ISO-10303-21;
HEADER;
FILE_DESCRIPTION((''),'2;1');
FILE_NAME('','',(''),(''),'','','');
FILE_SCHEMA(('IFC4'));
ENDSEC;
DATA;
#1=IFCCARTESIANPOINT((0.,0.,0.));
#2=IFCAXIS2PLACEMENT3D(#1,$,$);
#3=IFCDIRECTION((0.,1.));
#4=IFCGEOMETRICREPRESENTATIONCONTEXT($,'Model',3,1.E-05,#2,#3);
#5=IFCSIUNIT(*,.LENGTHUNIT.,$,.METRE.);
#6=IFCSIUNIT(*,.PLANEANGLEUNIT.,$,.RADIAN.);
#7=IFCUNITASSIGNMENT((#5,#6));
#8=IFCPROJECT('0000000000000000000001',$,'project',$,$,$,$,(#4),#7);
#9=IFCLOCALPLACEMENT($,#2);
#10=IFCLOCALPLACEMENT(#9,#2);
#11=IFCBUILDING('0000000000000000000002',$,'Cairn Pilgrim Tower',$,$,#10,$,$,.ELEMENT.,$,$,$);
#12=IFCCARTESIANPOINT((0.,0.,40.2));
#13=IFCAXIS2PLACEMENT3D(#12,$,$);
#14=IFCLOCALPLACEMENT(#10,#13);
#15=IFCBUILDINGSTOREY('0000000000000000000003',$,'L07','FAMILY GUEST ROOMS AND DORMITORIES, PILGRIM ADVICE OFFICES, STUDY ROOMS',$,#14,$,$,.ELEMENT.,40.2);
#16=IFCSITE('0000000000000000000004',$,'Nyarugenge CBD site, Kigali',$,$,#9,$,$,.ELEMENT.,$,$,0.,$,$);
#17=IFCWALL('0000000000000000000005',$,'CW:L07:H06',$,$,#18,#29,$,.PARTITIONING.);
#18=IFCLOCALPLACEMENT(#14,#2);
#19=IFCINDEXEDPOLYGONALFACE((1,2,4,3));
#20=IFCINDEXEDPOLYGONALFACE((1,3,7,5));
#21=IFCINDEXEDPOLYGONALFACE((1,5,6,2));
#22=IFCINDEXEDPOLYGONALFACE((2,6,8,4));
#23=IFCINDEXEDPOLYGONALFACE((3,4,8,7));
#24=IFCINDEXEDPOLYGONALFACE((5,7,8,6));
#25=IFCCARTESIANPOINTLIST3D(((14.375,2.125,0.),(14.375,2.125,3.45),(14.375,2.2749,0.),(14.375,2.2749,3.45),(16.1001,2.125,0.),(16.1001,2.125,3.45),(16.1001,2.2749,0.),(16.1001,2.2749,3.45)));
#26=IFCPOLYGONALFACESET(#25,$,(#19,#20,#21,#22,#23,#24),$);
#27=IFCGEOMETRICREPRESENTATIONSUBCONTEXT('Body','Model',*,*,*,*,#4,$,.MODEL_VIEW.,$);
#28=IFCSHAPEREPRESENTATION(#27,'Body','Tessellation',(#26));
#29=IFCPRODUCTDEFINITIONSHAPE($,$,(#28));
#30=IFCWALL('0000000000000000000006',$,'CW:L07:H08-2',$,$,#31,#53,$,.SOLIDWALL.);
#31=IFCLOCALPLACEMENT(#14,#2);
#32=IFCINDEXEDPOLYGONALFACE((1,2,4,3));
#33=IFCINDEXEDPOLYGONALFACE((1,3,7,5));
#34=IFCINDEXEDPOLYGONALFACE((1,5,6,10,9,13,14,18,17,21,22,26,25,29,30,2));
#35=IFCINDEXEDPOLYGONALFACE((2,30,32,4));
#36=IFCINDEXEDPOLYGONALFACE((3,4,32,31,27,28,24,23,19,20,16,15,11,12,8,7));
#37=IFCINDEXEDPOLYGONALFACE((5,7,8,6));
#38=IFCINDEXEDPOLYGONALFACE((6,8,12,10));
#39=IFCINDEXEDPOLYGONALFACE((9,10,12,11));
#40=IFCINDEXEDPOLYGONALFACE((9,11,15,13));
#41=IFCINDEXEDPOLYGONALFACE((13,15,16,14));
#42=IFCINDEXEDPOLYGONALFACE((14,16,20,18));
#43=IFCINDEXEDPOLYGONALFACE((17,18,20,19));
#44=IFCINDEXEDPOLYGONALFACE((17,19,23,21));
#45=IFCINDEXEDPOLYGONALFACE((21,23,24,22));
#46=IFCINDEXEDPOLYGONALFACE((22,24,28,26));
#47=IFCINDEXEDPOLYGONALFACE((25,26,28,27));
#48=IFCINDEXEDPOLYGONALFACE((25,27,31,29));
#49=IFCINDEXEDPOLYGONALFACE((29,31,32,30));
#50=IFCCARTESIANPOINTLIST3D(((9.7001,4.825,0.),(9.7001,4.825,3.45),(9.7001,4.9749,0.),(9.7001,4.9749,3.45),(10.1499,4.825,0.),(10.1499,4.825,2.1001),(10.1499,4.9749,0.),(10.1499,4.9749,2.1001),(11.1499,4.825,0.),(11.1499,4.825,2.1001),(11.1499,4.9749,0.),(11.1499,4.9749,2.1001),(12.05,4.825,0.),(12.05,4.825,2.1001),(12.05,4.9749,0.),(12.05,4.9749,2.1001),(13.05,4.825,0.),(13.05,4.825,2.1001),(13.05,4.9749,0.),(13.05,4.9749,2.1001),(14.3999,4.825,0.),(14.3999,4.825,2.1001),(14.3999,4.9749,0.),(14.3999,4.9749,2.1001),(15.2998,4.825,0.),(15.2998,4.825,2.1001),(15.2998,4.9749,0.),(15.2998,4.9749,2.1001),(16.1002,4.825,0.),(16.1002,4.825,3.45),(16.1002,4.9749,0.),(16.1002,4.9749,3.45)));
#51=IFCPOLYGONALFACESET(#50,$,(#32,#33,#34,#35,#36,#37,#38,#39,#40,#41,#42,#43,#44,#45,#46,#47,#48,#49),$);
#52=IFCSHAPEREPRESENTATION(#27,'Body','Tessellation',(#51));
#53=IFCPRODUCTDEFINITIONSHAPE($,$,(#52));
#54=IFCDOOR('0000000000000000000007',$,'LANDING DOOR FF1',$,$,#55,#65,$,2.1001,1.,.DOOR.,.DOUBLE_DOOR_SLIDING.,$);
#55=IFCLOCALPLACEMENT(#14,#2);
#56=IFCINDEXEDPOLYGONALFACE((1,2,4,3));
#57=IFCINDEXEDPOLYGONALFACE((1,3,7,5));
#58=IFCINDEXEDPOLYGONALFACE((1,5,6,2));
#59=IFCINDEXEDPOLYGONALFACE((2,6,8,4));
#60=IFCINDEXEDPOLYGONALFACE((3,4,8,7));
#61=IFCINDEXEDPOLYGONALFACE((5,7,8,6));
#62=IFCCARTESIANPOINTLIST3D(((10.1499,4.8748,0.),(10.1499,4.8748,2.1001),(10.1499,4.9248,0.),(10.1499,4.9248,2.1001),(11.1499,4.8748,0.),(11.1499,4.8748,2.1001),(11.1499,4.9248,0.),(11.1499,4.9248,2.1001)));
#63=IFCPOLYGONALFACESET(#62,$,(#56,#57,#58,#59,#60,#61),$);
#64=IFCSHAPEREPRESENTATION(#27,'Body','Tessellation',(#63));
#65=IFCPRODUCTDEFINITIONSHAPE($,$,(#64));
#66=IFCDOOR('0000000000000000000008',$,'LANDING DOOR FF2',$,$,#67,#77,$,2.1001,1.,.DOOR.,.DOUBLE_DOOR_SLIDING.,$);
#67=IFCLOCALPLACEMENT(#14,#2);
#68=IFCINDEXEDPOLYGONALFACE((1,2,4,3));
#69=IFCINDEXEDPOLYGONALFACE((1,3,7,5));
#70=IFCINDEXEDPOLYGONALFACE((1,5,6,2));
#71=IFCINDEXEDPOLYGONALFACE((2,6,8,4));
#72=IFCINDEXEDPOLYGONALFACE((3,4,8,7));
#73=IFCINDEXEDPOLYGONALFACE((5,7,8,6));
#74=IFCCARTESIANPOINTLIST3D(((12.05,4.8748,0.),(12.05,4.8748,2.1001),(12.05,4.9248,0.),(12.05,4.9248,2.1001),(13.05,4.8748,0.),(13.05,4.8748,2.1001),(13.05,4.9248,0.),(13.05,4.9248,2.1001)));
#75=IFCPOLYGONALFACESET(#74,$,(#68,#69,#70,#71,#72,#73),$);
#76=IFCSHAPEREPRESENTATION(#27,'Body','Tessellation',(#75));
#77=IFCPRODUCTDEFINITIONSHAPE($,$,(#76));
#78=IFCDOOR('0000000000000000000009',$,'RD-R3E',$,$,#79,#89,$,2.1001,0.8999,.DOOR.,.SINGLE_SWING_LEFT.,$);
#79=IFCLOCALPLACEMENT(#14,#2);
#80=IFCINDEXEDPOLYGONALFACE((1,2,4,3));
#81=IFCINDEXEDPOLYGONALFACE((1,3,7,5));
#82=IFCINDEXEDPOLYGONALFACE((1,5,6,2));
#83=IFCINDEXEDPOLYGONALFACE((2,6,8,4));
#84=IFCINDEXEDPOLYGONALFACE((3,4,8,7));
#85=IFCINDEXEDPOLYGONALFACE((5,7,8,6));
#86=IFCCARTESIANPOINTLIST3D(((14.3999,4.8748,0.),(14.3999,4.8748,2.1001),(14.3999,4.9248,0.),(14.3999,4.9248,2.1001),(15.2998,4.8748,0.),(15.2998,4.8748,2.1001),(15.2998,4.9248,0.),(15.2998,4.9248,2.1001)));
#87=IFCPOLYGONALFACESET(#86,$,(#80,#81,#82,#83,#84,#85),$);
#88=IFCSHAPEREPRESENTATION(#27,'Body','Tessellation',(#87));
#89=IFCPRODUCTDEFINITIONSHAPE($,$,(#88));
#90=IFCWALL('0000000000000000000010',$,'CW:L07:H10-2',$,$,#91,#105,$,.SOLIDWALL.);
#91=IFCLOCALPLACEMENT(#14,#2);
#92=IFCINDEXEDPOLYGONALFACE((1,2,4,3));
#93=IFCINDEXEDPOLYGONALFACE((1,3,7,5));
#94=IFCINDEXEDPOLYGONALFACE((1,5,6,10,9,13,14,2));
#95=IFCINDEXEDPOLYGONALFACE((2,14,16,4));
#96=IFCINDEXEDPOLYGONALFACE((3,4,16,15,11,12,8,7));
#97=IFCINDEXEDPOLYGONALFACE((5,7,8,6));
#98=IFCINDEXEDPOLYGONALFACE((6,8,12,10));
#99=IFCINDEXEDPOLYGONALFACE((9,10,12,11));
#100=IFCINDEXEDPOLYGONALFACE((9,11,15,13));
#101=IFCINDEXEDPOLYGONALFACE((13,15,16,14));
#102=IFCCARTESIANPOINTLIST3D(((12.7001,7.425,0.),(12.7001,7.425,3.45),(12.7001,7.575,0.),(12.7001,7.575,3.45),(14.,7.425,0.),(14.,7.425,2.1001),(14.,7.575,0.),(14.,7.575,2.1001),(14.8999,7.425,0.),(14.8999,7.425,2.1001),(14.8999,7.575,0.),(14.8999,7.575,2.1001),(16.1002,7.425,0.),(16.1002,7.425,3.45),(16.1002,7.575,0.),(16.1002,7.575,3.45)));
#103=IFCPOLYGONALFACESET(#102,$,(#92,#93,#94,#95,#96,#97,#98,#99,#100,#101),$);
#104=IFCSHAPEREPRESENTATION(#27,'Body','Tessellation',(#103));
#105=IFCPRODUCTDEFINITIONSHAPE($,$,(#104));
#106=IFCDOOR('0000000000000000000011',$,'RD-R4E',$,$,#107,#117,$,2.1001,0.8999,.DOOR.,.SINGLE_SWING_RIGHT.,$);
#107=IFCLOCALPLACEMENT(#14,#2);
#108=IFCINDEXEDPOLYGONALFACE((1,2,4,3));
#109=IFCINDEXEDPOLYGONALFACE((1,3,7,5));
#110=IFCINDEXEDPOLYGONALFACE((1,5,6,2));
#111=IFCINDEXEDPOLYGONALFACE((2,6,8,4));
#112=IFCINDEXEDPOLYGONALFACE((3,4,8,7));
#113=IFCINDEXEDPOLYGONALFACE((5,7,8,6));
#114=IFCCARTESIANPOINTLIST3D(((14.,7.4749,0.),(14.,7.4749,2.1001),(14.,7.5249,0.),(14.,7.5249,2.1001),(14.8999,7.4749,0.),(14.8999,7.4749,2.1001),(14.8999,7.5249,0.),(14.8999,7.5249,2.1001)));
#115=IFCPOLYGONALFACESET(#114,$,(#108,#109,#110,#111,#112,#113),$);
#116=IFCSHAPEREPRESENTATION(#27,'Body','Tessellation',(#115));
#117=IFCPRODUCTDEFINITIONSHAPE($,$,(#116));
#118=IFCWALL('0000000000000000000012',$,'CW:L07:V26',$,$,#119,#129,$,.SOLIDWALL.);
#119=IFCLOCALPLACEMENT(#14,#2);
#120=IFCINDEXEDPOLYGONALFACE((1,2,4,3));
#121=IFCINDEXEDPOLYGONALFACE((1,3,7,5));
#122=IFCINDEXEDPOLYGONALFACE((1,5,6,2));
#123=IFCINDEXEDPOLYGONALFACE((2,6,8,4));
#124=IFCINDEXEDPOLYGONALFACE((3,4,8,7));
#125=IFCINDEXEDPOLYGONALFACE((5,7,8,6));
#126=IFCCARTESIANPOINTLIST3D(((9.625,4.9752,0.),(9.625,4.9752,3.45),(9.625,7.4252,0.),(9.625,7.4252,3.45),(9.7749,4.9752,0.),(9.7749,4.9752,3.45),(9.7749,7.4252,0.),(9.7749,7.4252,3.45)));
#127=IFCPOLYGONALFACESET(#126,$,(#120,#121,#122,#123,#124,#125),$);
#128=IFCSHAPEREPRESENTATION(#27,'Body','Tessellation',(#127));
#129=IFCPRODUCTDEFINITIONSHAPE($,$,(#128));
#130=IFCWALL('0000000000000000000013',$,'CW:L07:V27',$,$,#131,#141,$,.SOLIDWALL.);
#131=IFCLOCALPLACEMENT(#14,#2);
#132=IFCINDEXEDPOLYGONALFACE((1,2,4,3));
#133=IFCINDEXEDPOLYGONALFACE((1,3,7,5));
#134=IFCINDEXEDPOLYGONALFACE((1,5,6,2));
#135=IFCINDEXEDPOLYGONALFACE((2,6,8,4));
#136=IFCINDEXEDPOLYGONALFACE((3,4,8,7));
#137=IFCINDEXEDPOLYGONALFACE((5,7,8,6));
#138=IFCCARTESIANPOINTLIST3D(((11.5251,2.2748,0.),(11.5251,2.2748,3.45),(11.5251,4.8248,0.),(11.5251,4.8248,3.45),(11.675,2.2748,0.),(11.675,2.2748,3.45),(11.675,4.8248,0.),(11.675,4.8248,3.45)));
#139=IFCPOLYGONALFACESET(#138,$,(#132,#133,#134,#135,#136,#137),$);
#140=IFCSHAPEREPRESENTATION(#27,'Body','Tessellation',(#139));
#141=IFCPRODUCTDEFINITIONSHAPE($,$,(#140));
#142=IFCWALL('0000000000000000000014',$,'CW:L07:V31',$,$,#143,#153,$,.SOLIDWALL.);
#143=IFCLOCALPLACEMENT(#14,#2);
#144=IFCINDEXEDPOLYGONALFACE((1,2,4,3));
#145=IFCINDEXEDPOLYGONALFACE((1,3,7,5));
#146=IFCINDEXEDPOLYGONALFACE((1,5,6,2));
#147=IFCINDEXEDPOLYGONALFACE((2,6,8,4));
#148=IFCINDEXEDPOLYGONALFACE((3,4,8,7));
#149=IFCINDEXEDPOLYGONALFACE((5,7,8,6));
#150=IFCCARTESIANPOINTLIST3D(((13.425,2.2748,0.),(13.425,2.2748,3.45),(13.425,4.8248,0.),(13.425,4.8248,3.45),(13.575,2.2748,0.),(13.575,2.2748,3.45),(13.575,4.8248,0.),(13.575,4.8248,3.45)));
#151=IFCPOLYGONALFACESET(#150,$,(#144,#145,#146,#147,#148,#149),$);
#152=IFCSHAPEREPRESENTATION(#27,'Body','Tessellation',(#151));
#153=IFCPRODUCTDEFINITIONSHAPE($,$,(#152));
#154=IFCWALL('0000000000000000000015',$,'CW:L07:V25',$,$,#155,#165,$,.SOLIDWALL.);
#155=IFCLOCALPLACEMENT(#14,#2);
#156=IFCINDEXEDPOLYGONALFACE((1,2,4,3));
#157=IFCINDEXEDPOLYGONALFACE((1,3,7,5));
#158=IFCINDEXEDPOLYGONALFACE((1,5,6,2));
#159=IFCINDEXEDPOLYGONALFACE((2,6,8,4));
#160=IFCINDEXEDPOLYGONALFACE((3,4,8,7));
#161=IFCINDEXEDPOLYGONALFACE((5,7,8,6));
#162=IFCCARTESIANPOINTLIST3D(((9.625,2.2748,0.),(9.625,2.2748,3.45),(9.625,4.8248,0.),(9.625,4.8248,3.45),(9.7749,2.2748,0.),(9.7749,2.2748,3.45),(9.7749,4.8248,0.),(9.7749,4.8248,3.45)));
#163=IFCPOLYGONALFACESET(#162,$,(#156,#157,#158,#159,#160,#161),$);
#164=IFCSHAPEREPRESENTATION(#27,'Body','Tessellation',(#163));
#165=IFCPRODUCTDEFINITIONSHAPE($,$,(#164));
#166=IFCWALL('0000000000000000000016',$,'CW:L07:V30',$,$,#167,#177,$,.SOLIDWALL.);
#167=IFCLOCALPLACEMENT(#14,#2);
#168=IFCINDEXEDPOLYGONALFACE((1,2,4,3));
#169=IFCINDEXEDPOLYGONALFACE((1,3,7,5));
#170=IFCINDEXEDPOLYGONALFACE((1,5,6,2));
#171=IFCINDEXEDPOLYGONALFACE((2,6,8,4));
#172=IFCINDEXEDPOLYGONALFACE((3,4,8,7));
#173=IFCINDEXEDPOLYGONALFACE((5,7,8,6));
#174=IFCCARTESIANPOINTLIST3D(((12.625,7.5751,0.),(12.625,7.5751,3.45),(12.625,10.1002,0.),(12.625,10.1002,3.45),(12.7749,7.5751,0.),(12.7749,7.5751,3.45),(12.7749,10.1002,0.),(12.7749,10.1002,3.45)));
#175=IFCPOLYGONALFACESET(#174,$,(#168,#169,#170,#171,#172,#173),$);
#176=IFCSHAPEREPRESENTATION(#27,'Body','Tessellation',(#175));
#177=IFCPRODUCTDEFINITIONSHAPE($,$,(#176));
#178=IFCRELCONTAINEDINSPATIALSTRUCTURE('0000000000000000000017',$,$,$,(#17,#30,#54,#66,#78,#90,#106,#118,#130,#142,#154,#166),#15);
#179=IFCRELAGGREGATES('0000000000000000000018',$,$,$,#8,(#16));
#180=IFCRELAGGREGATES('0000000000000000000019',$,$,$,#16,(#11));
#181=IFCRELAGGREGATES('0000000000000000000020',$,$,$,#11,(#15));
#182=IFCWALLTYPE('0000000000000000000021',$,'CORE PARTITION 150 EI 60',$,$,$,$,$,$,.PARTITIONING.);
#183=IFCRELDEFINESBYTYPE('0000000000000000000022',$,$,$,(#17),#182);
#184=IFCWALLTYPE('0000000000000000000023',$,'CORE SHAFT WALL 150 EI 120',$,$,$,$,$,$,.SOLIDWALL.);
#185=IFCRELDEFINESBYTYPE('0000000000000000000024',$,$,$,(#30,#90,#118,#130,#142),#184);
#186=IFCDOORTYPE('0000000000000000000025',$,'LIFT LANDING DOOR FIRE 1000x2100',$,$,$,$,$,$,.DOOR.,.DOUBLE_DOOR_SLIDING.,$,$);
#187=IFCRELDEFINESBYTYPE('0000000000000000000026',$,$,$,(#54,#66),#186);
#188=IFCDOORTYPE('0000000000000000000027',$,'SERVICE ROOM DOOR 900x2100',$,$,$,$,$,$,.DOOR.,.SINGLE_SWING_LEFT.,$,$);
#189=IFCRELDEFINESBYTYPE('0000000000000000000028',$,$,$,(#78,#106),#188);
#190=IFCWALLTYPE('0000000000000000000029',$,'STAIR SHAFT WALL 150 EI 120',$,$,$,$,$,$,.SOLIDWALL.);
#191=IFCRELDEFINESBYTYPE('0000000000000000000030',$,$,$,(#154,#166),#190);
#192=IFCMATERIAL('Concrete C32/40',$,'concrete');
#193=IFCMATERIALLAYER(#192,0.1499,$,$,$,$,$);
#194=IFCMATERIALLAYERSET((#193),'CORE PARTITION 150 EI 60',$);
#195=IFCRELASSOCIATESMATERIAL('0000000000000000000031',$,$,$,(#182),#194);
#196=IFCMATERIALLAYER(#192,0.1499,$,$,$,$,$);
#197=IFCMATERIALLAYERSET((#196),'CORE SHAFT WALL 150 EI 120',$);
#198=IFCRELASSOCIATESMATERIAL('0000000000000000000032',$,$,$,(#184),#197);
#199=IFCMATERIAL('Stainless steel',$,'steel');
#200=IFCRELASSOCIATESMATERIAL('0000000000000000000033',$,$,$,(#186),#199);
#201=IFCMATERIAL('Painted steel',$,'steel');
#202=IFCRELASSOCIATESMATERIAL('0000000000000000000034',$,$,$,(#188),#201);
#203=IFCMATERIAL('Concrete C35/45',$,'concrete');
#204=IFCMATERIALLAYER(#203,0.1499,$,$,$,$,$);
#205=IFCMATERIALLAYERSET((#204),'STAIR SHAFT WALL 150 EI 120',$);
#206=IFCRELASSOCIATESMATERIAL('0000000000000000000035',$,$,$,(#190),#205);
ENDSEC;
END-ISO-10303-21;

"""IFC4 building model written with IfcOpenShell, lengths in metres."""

from ifc_helpers import new_model, si_unit, direction, frame, frame_2d, origin, place, context, subcontext, project, spatial, rectangle, extrude, material, layer, layer_set, type_object, element, fill, save


model = new_model("IFC4")

# Units and contexts
model_context = context("Model", 3, precision=1e-05, world=origin(), true_north=direction((0.0, 1.0)))
body_context = subcontext(model_context, "Body", "Model", "MODEL_VIEW")
ifc_project = project(units=[si_unit("LENGTHUNIT", "METRE"), si_unit("PLANEANGLEUNIT", "RADIAN")], contexts=[model_context])

# Site, building, storey
site_placement = place(None, origin())
site = spatial("IfcSite", under=ifc_project, at=site_placement, Name="Nyarugenge CBD site, Kigali", CompositionType="ELEMENT", RefElevation=0.0)
building_placement = place(site_placement, origin())
building = spatial("IfcBuilding", under=site, at=building_placement, Name="Cairn Pilgrim Tower", CompositionType="ELEMENT")
storey_placement = place(building_placement, frame((0.0, 0.0, 40.2)))
storey = spatial("IfcBuildingStorey", under=building, at=storey_placement, Name="L07", Description="FAMILY GUEST ROOMS AND DORMITORIES, PILGRIM ADVICE OFFICES, STUDY ROOMS", CompositionType="ELEMENT", Elevation=40.2)

# Wall
ifc_material_1 = material(Name="Concrete C32/40", Category="concrete")
ifc_layer_1 = layer(ifc_material_1, 0.1499)
ifc_layer_set_1 = layer_set([ifc_layer_1], Name="CORE PARTITION 150 EI 60")
wall_type_1 = type_object("IfcWallType", Name="CORE PARTITION 150 EI 60", PredefinedType="PARTITIONING", material=ifc_layer_set_1)
wall_1_placement = place(storey_placement, frame((14.375, 2.2, 0.0), z_axis=(0.0, 0.0, 1.0), x_axis=(1.0, 0.0, 0.0)))
element("IfcWall", 1, at=wall_1_placement, inside=storey, type_object=wall_type_1, Name="CW:L07:H06", PredefinedType="PARTITIONING", context=body_context, shape_type="SweptSolid", body=[
    extrude(rectangle(XDim=1.7251, YDim=0.1499, at=frame_2d((0.8625, 0.0))), origin(), (0.0, 0.0, 1.0), 3.45),
])

# Wall, openings, doors
ifc_layer_2 = layer(ifc_material_1, 0.1499)
ifc_layer_set_2 = layer_set([ifc_layer_2], Name="CORE SHAFT WALL 150 EI 120")
wall_type_2 = type_object("IfcWallType", Name="CORE SHAFT WALL 150 EI 120", PredefinedType="SOLIDWALL", material=ifc_layer_set_2)
wall_2_placement = place(storey_placement, frame((9.7, 4.8999, 0.0), z_axis=(0.0, 0.0, 1.0), x_axis=(1.0, 0.0, 0.0)))
wall_2 = element("IfcWall", 2, at=wall_2_placement, inside=storey, type_object=wall_type_2, Name="CW:L07:H08-2", PredefinedType="SOLIDWALL", context=body_context, shape_type="SweptSolid", body=[
    extrude(rectangle(XDim=6.4001, YDim=0.1499, at=frame_2d((3.2002, 0.0))), origin(), (0.0, 0.0, 1.0), 3.45),
])
opening_1_placement = place(wall_2_placement, frame((0.45, 0.0, 0.0)))
opening_1 = element("IfcOpeningElement", 3, at=opening_1_placement, cuts=wall_2, PredefinedType="OPENING", context=body_context, shape_type="SweptSolid", body=[
    extrude(rectangle(XDim=1.0, YDim=2.1001, at=frame_2d((0.5, 1.05))), frame((0.0, 0.085, 0.0), z_axis=(0.0, -1.0, 0.0), x_axis=(1.0, 0.0, 0.0)), (0.0, 0.0, 1.0), 0.1699),
])
opening_2_placement = place(wall_2_placement, frame((2.3501, 0.0, 0.0)))
opening_2 = element("IfcOpeningElement", 4, at=opening_2_placement, cuts=wall_2, PredefinedType="OPENING", context=body_context, shape_type="SweptSolid", body=[
    extrude(rectangle(XDim=1.0, YDim=2.1001, at=frame_2d((0.5, 1.05))), frame((0.0, 0.085, 0.0), z_axis=(0.0, -1.0, 0.0), x_axis=(1.0, 0.0, 0.0)), (0.0, 0.0, 1.0), 0.1699),
])
opening_3_placement = place(wall_2_placement, frame((4.7, 0.0, 0.0)))
opening_3 = element("IfcOpeningElement", 5, at=opening_3_placement, cuts=wall_2, PredefinedType="OPENING", context=body_context, shape_type="SweptSolid", body=[
    extrude(rectangle(XDim=0.8999, YDim=2.1001, at=frame_2d((0.45, 1.05))), frame((0.0, 0.085, 0.0), z_axis=(0.0, -1.0, 0.0), x_axis=(1.0, 0.0, 0.0)), (0.0, 0.0, 1.0), 0.1699),
])
ifc_material_2 = material(Name="Stainless steel", Category="steel")
door_type_1 = type_object("IfcDoorType", Name="LIFT LANDING DOOR FIRE 1000x2100", OperationType="DOUBLE_DOOR_SLIDING", PredefinedType="DOOR", material=ifc_material_2)
door_1_placement = place(opening_1_placement, origin())
door_1 = element("IfcDoor", 6, at=door_1_placement, inside=storey, type_object=door_type_1, Name="LANDING DOOR FF1", OperationType="DOUBLE_DOOR_SLIDING", OverallHeight=2.1001, OverallWidth=1.0, PredefinedType="DOOR", context=body_context, shape_type="SweptSolid", body=[
    extrude(rectangle(XDim=1.0, YDim=2.1001, at=frame_2d((0.5, 1.05))), frame((0.0, 0.0249, 0.0), z_axis=(0.0, -1.0, 0.0), x_axis=(1.0, 0.0, 0.0)), (0.0, 0.0, 1.0), 0.05),
])
fill(opening_1, door_1)
door_2_placement = place(opening_2_placement, origin())
door_2 = element("IfcDoor", 7, at=door_2_placement, inside=storey, type_object=door_type_1, Name="LANDING DOOR FF2", OperationType="DOUBLE_DOOR_SLIDING", OverallHeight=2.1001, OverallWidth=1.0, PredefinedType="DOOR", context=body_context, shape_type="SweptSolid", body=[
    extrude(rectangle(XDim=1.0, YDim=2.1001, at=frame_2d((0.5, 1.05))), frame((0.0, 0.0249, 0.0), z_axis=(0.0, -1.0, 0.0), x_axis=(1.0, 0.0, 0.0)), (0.0, 0.0, 1.0), 0.05),
])
fill(opening_2, door_2)
ifc_material_3 = material(Name="Painted steel", Category="steel")
door_type_2 = type_object("IfcDoorType", Name="SERVICE ROOM DOOR 900x2100", OperationType="SINGLE_SWING_LEFT", PredefinedType="DOOR", material=ifc_material_3)
door_3_placement = place(opening_3_placement, origin())
door_3 = element("IfcDoor", 8, at=door_3_placement, inside=storey, type_object=door_type_2, Name="RD-R3E", OperationType="SINGLE_SWING_LEFT", OverallHeight=2.1001, OverallWidth=0.8999, PredefinedType="DOOR", context=body_context, shape_type="SweptSolid", body=[
    extrude(rectangle(XDim=0.8999, YDim=2.1001, at=frame_2d((0.45, 1.05))), frame((0.0, 0.0249, 0.0), z_axis=(0.0, -1.0, 0.0), x_axis=(1.0, 0.0, 0.0)), (0.0, 0.0, 1.0), 0.05),
])
fill(opening_3, door_3)

# Wall, opening, door
wall_3_placement = place(storey_placement, frame((12.7, 7.5, 0.0), z_axis=(0.0, 0.0, 1.0), x_axis=(1.0, 0.0, 0.0)))
wall_3 = element("IfcWall", 9, at=wall_3_placement, inside=storey, type_object=wall_type_2, Name="CW:L07:H10-2", PredefinedType="SOLIDWALL", context=body_context, shape_type="SweptSolid", body=[
    extrude(rectangle(XDim=3.4001, YDim=0.1499, at=frame_2d((1.7002, 0.0))), origin(), (0.0, 0.0, 1.0), 3.45),
])
opening_4_placement = place(wall_3_placement, frame((1.3, 0.0, 0.0)))
opening_4 = element("IfcOpeningElement", 10, at=opening_4_placement, cuts=wall_3, PredefinedType="OPENING", context=body_context, shape_type="SweptSolid", body=[
    extrude(rectangle(XDim=0.8999, YDim=2.1001, at=frame_2d((0.45, 1.05))), frame((0.0, 0.085, 0.0), z_axis=(0.0, -1.0, 0.0), x_axis=(1.0, 0.0, 0.0)), (0.0, 0.0, 1.0), 0.1699),
])
door_4_placement = place(opening_4_placement, origin())
door_4 = element("IfcDoor", 11, at=door_4_placement, inside=storey, type_object=door_type_2, Name="RD-R4E", OperationType="SINGLE_SWING_RIGHT", OverallHeight=2.1001, OverallWidth=0.8999, PredefinedType="DOOR", context=body_context, shape_type="SweptSolid", body=[
    extrude(rectangle(XDim=0.8999, YDim=2.1001, at=frame_2d((0.45, 1.05))), frame((0.0, 0.0249, 0.0), z_axis=(0.0, -1.0, 0.0), x_axis=(1.0, 0.0, 0.0)), (0.0, 0.0, 1.0), 0.05),
])
fill(opening_4, door_4)

# Walls
wall_4_placement = place(storey_placement, frame((9.7, 4.9751, 0.0), z_axis=(0.0, 0.0, 1.0), x_axis=(0.0, 1.0, 0.0)))
element("IfcWall", 12, at=wall_4_placement, inside=storey, type_object=wall_type_2, Name="CW:L07:V26", PredefinedType="SOLIDWALL", context=body_context, shape_type="SweptSolid", body=[
    extrude(rectangle(XDim=2.45, YDim=0.1499, at=frame_2d((1.2251, 0.0))), origin(), (0.0, 0.0, 1.0), 3.45),
])
for number, where, z_axis, x_axis, name in (
    (13, (11.6001, 2.2749, 0.0), (0.0, 0.0, 1.0), (0.0, 1.0, 0.0), "CW:L07:V27"),
    (14, (13.5, 2.2749, 0.0), (0.0, 0.0, 1.0), (0.0, 1.0, 0.0), "CW:L07:V31"),
):
    element("IfcWall", number, at=place(storey_placement, frame(where, z_axis=z_axis, x_axis=x_axis)), inside=storey, type_object=wall_type_2, Name=name, PredefinedType="SOLIDWALL", context=body_context, shape_type="SweptSolid", body=[
        extrude(rectangle(XDim=2.55, YDim=0.1499, at=frame_2d((1.2749, 0.0))), origin(), (0.0, 0.0, 1.0), 3.45),
    ])
ifc_material_4 = material(Name="Concrete C35/45", Category="concrete")
ifc_layer_3 = layer(ifc_material_4, 0.1499)
ifc_layer_set_3 = layer_set([ifc_layer_3], Name="STAIR SHAFT WALL 150 EI 120")
wall_type_3 = type_object("IfcWallType", Name="STAIR SHAFT WALL 150 EI 120", PredefinedType="SOLIDWALL", material=ifc_layer_set_3)
wall_5_placement = place(storey_placement, frame((9.7, 2.2749, 0.0), z_axis=(0.0, 0.0, 1.0), x_axis=(0.0, 1.0, 0.0)))
element("IfcWall", 15, at=wall_5_placement, inside=storey, type_object=wall_type_3, Name="CW:L07:V25", PredefinedType="SOLIDWALL", context=body_context, shape_type="SweptSolid", body=[
    extrude(rectangle(XDim=2.55, YDim=0.1499, at=frame_2d((1.2749, 0.0))), origin(), (0.0, 0.0, 1.0), 3.45),
])
wall_6_placement = place(storey_placement, frame((12.7, 7.575, 0.0), z_axis=(0.0, 0.0, 1.0), x_axis=(0.0, 1.0, 0.0)))
element("IfcWall", 16, at=wall_6_placement, inside=storey, type_object=wall_type_3, Name="CW:L07:V30", PredefinedType="SOLIDWALL", context=body_context, shape_type="SweptSolid", body=[
    extrude(rectangle(XDim=2.5251, YDim=0.1499, at=frame_2d((1.2627, 0.0))), origin(), (0.0, 0.0, 1.0), 3.45),
])

save(model, "model.ifc")
